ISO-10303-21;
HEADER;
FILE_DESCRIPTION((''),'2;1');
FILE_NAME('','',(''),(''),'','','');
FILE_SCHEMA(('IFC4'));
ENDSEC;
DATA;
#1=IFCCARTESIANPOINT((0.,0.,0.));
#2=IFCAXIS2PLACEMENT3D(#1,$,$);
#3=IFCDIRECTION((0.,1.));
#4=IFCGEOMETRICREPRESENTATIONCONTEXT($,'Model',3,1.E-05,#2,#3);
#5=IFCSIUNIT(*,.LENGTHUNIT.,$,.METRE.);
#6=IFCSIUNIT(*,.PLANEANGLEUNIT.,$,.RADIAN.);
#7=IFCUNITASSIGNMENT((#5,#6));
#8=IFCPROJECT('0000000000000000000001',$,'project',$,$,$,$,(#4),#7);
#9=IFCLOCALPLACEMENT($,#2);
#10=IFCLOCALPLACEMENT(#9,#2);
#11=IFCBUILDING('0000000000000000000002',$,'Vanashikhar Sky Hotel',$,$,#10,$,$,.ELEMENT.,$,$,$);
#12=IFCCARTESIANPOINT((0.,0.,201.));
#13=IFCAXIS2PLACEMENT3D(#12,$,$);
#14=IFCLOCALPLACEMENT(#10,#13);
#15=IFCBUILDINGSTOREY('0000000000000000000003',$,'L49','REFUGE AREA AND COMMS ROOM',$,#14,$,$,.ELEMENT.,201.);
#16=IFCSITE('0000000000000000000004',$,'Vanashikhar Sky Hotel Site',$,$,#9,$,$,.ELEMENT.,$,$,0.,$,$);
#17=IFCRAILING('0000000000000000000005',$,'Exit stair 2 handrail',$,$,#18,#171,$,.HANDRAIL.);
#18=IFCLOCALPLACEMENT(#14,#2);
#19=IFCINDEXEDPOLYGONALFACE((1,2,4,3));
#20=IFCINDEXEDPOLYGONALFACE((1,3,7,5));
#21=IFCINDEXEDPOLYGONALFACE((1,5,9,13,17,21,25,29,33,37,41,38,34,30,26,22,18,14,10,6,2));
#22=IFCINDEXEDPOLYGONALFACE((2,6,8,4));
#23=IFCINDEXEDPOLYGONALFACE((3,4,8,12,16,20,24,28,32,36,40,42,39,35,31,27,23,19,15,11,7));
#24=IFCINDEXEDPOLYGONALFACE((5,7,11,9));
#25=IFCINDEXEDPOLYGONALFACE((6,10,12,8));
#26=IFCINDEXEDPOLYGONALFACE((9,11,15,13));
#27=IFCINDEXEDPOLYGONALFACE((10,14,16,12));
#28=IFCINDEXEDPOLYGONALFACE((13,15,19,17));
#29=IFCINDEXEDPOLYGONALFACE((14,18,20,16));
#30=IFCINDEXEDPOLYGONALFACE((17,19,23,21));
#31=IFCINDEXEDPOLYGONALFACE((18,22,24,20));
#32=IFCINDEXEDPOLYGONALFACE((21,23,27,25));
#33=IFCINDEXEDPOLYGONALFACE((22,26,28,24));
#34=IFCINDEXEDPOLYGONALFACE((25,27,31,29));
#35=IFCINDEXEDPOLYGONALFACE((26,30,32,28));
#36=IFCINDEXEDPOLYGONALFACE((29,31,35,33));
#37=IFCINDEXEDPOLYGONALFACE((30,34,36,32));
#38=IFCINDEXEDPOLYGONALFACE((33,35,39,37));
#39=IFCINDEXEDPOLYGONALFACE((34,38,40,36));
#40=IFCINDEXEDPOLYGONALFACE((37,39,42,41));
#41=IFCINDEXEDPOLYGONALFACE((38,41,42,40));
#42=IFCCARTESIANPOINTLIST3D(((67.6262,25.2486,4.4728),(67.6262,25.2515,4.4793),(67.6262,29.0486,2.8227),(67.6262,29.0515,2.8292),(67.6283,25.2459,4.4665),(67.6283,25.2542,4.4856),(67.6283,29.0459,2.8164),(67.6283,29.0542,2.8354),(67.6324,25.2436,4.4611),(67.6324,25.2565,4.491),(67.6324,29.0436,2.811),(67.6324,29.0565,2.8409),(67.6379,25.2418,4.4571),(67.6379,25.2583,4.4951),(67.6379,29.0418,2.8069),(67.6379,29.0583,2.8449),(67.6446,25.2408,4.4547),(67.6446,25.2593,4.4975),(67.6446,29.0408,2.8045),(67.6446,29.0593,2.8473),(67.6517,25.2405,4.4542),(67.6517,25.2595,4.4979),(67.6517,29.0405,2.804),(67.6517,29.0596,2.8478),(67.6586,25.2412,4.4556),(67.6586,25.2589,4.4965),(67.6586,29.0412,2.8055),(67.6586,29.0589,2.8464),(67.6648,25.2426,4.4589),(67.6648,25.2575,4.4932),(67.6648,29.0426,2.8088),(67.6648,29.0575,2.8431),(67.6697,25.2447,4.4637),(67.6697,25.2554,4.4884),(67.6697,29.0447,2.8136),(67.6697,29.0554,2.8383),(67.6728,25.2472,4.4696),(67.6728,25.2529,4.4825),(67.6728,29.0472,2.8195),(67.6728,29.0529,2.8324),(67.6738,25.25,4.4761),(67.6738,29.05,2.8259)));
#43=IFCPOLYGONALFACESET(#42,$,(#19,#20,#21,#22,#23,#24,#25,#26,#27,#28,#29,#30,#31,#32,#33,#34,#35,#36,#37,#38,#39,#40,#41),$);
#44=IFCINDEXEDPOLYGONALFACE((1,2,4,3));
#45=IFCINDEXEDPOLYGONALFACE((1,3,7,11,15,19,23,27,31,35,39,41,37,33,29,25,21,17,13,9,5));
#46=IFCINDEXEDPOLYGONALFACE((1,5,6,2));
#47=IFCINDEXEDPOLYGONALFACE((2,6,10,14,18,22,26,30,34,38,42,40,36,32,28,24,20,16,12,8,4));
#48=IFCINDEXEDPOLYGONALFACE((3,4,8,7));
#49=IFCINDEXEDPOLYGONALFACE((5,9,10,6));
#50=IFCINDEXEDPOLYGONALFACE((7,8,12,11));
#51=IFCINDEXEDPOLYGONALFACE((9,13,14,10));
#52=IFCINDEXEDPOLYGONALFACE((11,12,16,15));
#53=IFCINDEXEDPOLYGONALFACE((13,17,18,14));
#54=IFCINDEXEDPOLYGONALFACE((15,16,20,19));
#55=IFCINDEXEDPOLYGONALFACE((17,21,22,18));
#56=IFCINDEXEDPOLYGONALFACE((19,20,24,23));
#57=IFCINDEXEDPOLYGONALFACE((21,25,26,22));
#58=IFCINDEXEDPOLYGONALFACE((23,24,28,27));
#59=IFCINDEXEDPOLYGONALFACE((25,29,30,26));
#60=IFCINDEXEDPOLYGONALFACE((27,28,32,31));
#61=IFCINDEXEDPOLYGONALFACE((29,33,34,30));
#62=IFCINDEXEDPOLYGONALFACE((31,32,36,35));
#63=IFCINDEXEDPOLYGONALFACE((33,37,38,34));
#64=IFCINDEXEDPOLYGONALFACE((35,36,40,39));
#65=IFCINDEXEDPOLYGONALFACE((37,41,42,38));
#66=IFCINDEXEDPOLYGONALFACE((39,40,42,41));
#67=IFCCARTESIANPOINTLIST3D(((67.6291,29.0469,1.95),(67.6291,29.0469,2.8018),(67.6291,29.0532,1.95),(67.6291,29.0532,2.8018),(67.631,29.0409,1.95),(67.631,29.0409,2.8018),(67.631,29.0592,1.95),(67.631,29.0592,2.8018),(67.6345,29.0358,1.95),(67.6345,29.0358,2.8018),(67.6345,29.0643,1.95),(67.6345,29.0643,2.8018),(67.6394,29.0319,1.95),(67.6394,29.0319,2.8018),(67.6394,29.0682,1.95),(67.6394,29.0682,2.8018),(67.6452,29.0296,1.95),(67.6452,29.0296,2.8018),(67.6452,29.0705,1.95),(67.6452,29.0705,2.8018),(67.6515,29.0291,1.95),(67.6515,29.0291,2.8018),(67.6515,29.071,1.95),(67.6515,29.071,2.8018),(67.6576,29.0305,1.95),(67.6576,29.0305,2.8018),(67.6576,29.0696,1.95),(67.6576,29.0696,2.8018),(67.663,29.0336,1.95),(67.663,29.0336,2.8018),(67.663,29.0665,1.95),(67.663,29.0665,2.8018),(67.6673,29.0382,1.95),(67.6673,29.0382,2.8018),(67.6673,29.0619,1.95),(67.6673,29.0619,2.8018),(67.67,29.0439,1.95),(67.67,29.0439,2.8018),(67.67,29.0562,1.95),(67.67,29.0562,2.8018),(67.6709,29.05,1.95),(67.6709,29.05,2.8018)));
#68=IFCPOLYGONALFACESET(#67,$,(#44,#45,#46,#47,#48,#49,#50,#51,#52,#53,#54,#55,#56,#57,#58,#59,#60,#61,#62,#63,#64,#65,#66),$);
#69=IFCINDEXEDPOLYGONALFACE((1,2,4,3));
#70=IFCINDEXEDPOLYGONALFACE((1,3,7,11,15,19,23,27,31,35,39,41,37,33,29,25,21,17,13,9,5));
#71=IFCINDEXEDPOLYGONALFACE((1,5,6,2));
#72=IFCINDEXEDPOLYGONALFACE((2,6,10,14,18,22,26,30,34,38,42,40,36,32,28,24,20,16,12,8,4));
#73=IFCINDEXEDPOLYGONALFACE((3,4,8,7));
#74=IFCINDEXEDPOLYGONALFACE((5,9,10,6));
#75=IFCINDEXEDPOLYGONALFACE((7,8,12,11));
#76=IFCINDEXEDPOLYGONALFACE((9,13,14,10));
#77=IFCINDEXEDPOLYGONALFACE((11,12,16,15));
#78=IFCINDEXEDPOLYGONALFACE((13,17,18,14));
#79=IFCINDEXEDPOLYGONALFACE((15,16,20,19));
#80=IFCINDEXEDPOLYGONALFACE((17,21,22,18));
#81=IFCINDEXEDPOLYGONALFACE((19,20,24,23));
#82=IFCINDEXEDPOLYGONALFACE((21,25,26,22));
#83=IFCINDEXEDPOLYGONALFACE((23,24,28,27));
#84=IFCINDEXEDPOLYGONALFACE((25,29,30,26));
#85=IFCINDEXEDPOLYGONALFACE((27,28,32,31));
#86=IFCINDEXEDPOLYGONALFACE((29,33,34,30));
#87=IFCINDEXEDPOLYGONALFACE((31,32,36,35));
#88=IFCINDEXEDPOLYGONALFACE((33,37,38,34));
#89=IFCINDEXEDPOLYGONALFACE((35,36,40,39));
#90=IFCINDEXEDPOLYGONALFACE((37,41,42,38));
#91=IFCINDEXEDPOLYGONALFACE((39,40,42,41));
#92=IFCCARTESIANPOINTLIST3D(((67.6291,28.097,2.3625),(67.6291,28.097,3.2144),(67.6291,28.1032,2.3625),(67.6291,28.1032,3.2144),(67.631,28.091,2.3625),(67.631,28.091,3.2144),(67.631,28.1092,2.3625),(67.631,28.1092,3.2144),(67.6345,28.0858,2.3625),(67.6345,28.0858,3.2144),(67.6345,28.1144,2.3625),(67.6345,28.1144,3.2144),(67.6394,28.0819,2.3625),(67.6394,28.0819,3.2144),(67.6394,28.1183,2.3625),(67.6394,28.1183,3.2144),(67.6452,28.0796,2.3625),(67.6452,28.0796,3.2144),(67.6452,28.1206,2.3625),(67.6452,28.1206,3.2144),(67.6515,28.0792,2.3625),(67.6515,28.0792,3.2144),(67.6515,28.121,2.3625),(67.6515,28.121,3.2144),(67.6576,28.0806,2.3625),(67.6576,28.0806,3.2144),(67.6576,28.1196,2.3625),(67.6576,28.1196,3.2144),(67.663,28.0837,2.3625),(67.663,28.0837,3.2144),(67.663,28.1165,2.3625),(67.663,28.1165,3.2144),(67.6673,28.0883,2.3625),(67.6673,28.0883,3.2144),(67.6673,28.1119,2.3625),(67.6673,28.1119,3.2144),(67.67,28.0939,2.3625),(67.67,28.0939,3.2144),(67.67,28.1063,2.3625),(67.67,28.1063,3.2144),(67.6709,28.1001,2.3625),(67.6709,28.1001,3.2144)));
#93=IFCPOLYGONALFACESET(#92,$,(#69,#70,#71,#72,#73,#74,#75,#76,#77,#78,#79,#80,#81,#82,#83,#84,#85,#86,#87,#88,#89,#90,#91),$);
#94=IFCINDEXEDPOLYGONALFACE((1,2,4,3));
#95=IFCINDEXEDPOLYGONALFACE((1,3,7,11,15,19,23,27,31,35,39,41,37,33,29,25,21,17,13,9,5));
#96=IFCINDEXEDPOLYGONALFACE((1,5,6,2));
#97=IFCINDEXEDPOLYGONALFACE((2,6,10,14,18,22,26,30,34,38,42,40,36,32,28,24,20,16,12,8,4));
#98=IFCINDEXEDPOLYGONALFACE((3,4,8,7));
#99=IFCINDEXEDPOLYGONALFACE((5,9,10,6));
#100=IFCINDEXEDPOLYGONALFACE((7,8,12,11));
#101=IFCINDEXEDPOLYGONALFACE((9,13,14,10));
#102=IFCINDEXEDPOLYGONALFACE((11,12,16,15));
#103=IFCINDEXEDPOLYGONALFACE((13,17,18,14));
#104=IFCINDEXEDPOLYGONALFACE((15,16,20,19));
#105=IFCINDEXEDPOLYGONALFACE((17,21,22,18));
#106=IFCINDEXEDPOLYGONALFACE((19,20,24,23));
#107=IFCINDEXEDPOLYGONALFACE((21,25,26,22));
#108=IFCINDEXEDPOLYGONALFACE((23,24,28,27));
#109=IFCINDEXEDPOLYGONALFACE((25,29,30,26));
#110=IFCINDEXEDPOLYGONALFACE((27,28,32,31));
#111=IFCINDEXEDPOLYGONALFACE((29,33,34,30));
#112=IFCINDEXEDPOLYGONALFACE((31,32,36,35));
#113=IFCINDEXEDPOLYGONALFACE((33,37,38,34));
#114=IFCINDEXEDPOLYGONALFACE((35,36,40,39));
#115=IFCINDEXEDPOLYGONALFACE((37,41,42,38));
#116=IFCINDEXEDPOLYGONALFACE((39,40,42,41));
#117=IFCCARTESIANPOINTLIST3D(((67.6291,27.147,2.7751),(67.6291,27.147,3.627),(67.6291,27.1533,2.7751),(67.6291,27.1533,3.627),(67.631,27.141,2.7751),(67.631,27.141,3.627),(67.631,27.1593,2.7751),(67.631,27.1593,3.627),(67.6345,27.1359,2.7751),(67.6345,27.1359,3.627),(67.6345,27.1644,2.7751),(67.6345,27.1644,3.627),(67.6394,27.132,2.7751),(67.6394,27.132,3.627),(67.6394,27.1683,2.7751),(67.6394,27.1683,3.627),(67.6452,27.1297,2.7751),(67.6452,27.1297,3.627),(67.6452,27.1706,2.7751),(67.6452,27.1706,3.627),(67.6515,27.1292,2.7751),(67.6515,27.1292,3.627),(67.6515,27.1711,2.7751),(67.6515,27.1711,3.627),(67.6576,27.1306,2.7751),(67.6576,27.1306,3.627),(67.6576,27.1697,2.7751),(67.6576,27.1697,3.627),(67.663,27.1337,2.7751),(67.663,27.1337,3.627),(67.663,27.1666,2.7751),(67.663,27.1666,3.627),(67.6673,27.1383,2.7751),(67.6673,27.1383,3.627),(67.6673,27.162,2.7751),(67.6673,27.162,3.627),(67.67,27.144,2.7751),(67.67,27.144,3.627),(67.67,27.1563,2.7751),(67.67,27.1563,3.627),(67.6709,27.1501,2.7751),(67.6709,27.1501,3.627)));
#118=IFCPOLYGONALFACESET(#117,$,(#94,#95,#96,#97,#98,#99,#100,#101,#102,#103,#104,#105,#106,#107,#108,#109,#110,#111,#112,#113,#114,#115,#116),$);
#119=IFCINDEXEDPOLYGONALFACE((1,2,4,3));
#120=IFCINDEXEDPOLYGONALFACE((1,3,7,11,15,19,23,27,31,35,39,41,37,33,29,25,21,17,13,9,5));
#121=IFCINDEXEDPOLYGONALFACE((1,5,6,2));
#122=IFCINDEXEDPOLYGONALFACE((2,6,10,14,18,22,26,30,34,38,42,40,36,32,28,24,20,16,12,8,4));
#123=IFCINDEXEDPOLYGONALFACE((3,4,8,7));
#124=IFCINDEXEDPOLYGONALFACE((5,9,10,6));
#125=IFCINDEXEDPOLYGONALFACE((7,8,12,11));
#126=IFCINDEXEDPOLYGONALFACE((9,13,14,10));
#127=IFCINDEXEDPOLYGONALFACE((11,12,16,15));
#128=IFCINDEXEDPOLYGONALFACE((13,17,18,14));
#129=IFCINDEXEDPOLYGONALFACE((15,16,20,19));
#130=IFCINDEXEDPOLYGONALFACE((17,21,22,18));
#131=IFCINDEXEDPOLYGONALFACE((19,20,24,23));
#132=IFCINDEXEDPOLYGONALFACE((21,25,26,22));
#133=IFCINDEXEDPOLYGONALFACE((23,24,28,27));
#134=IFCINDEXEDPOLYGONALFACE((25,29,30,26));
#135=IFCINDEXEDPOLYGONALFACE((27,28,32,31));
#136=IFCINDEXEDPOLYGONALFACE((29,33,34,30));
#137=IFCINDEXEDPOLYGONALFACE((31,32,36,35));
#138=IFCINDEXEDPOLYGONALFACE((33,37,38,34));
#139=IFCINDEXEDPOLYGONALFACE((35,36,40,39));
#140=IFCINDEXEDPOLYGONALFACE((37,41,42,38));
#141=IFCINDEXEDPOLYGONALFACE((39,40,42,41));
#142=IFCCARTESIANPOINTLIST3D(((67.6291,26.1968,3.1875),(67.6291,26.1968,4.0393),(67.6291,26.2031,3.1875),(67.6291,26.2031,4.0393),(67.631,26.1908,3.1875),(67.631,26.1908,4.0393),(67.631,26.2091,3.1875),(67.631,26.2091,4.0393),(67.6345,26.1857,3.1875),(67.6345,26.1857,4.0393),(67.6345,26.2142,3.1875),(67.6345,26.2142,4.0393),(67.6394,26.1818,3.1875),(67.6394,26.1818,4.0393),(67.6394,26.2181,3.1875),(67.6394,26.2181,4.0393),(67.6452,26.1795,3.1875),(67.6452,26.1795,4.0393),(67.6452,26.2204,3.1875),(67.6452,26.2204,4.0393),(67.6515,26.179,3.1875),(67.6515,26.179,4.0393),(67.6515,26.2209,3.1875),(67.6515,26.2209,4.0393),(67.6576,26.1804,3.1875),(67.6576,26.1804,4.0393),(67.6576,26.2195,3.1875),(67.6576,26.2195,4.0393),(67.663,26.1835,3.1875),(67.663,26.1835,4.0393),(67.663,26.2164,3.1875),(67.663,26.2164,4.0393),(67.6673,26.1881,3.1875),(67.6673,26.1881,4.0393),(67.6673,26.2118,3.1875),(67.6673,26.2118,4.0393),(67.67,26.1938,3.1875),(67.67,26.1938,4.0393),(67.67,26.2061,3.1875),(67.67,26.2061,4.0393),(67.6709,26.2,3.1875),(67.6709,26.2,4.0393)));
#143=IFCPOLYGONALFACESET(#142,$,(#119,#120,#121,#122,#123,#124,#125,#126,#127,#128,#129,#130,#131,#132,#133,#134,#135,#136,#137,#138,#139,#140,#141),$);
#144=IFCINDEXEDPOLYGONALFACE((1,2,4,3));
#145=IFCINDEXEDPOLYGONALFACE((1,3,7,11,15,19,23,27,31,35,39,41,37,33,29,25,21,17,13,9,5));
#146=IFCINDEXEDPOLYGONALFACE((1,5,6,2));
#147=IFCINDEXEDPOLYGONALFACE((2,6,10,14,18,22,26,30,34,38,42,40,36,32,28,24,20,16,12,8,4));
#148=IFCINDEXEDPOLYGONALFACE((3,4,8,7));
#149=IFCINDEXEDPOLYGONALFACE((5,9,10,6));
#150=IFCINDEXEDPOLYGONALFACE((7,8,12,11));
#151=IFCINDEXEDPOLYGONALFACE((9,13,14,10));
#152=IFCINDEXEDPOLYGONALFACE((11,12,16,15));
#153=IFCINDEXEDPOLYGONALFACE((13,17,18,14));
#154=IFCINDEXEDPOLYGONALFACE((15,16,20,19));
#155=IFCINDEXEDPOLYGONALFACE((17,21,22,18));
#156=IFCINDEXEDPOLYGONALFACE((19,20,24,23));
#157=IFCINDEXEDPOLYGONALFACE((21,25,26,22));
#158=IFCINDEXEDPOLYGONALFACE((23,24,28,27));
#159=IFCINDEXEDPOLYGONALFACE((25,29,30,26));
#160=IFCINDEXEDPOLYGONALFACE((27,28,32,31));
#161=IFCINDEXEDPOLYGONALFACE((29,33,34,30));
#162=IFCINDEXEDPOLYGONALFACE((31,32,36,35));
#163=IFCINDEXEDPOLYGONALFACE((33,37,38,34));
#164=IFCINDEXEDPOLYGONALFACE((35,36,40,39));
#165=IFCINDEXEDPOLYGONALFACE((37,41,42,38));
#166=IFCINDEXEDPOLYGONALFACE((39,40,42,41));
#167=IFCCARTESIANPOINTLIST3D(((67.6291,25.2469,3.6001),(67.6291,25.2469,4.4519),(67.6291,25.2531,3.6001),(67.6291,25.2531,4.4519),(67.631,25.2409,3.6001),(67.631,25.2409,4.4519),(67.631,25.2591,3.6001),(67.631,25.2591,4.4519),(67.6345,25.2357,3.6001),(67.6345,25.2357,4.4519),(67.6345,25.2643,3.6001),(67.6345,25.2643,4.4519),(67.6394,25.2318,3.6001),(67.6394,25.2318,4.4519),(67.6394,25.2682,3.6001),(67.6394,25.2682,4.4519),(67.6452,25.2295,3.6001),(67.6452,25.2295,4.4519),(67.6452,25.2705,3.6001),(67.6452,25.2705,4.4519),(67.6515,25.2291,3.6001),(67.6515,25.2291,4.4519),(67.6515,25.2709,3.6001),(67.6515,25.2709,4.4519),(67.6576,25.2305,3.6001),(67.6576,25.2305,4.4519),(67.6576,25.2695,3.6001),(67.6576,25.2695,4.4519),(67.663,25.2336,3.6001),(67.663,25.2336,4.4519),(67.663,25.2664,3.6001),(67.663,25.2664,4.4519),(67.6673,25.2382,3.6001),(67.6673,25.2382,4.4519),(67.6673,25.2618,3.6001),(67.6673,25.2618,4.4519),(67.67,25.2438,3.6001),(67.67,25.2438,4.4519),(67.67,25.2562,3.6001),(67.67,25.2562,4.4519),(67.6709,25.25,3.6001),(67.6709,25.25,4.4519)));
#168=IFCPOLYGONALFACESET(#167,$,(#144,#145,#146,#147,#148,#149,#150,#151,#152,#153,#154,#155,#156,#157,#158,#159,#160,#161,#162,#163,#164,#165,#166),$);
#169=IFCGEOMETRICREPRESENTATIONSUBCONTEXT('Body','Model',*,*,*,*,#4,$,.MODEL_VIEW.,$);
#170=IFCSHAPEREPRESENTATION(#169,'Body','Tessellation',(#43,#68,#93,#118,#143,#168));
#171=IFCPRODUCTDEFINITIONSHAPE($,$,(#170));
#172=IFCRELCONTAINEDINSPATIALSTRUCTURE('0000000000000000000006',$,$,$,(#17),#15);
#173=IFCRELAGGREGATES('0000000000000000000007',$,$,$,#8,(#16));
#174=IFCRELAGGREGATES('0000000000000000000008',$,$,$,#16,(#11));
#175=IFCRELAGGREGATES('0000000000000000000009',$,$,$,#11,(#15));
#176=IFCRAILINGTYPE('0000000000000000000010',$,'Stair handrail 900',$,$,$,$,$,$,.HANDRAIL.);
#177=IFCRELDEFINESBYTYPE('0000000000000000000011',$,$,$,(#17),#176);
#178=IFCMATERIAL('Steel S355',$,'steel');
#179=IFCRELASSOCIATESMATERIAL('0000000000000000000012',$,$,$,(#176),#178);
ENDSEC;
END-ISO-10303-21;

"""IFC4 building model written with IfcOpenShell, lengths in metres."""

from ifc_helpers import new_model, si_unit, direction, frame, origin, origin_2d, place, context, subcontext, project, spatial, circle, extrude, source, transform, mapped, material, type_object, element, save


model = new_model("IFC4")

# Units and contexts
model_context = context("Model", 3, precision=1e-05, world=origin(), true_north=direction((0.0, 1.0)))
body_context = subcontext(model_context, "Body", "Model", "MODEL_VIEW")
ifc_project = project(units=[si_unit("LENGTHUNIT", "METRE"), si_unit("PLANEANGLEUNIT", "RADIAN")], contexts=[model_context])

# Site, building, storey
site_placement = place(None, origin())
site = spatial("IfcSite", under=ifc_project, at=site_placement, Name="Vanashikhar Sky Hotel Site", CompositionType="ELEMENT", RefElevation=0.0)
building_placement = place(site_placement, origin())
building = spatial("IfcBuilding", under=site, at=building_placement, Name="Vanashikhar Sky Hotel", CompositionType="ELEMENT")
storey_placement = place(building_placement, frame((0.0, 0.0, 201.0)))
storey = spatial("IfcBuildingStorey", under=building, at=storey_placement, Name="L49", Description="REFUGE AREA AND COMMS ROOM", CompositionType="ELEMENT", Elevation=201.0)

# Railing
ifc_material_1 = material(Name="Steel S355", Category="steel")
railing_type_1 = type_object("IfcRailingType", Name="Stair handrail 900", PredefinedType="HANDRAIL", material=ifc_material_1)
shared_shape_1 = source(origin(), body_context, "Body", "SweptSolid", [
    extrude(circle(Radius=0.0239, at=origin_2d()), frame((0.0, 0.0, 0.876), z_axis=(0.0, -0.917251, 0.39831), x_axis=(1.0, 0.0, 0.0)), (0.0, 0.0, 1.0), 4.1428),
    extrude(circle(Radius=0.021, at=origin_2d()), origin(), (0.0, 0.0, 1.0), 0.8518),
    extrude(circle(Radius=0.021, at=origin_2d()), frame((0.0, -0.95, 0.4126)), (0.0, 0.0, 1.0), 0.8518),
    extrude(circle(Radius=0.021, at=origin_2d()), frame((0.0, -1.8999, 0.8252)), (0.0, 0.0, 1.0), 0.8518),
    extrude(circle(Radius=0.021, at=origin_2d()), frame((0.0, -2.8501, 1.2375)), (0.0, 0.0, 1.0), 0.8518),
    extrude(circle(Radius=0.021, at=origin_2d()), frame((0.0, -3.8, 1.6501)), (0.0, 0.0, 1.0), 0.8518),
])
railing_1_placement = place(storey_placement, frame((67.6499, 29.05, 1.95)))
element("IfcRailing", 1, at=railing_1_placement, inside=storey, type_object=railing_type_1, Name="Exit stair 2 handrail", PredefinedType="HANDRAIL", context=body_context, shape_type="MappedRepresentation", body=[
    mapped(shared_shape_1, transform((0.0, 0.0, 0.0), scale=1.0)),
])

save(model, "model.ifc")
